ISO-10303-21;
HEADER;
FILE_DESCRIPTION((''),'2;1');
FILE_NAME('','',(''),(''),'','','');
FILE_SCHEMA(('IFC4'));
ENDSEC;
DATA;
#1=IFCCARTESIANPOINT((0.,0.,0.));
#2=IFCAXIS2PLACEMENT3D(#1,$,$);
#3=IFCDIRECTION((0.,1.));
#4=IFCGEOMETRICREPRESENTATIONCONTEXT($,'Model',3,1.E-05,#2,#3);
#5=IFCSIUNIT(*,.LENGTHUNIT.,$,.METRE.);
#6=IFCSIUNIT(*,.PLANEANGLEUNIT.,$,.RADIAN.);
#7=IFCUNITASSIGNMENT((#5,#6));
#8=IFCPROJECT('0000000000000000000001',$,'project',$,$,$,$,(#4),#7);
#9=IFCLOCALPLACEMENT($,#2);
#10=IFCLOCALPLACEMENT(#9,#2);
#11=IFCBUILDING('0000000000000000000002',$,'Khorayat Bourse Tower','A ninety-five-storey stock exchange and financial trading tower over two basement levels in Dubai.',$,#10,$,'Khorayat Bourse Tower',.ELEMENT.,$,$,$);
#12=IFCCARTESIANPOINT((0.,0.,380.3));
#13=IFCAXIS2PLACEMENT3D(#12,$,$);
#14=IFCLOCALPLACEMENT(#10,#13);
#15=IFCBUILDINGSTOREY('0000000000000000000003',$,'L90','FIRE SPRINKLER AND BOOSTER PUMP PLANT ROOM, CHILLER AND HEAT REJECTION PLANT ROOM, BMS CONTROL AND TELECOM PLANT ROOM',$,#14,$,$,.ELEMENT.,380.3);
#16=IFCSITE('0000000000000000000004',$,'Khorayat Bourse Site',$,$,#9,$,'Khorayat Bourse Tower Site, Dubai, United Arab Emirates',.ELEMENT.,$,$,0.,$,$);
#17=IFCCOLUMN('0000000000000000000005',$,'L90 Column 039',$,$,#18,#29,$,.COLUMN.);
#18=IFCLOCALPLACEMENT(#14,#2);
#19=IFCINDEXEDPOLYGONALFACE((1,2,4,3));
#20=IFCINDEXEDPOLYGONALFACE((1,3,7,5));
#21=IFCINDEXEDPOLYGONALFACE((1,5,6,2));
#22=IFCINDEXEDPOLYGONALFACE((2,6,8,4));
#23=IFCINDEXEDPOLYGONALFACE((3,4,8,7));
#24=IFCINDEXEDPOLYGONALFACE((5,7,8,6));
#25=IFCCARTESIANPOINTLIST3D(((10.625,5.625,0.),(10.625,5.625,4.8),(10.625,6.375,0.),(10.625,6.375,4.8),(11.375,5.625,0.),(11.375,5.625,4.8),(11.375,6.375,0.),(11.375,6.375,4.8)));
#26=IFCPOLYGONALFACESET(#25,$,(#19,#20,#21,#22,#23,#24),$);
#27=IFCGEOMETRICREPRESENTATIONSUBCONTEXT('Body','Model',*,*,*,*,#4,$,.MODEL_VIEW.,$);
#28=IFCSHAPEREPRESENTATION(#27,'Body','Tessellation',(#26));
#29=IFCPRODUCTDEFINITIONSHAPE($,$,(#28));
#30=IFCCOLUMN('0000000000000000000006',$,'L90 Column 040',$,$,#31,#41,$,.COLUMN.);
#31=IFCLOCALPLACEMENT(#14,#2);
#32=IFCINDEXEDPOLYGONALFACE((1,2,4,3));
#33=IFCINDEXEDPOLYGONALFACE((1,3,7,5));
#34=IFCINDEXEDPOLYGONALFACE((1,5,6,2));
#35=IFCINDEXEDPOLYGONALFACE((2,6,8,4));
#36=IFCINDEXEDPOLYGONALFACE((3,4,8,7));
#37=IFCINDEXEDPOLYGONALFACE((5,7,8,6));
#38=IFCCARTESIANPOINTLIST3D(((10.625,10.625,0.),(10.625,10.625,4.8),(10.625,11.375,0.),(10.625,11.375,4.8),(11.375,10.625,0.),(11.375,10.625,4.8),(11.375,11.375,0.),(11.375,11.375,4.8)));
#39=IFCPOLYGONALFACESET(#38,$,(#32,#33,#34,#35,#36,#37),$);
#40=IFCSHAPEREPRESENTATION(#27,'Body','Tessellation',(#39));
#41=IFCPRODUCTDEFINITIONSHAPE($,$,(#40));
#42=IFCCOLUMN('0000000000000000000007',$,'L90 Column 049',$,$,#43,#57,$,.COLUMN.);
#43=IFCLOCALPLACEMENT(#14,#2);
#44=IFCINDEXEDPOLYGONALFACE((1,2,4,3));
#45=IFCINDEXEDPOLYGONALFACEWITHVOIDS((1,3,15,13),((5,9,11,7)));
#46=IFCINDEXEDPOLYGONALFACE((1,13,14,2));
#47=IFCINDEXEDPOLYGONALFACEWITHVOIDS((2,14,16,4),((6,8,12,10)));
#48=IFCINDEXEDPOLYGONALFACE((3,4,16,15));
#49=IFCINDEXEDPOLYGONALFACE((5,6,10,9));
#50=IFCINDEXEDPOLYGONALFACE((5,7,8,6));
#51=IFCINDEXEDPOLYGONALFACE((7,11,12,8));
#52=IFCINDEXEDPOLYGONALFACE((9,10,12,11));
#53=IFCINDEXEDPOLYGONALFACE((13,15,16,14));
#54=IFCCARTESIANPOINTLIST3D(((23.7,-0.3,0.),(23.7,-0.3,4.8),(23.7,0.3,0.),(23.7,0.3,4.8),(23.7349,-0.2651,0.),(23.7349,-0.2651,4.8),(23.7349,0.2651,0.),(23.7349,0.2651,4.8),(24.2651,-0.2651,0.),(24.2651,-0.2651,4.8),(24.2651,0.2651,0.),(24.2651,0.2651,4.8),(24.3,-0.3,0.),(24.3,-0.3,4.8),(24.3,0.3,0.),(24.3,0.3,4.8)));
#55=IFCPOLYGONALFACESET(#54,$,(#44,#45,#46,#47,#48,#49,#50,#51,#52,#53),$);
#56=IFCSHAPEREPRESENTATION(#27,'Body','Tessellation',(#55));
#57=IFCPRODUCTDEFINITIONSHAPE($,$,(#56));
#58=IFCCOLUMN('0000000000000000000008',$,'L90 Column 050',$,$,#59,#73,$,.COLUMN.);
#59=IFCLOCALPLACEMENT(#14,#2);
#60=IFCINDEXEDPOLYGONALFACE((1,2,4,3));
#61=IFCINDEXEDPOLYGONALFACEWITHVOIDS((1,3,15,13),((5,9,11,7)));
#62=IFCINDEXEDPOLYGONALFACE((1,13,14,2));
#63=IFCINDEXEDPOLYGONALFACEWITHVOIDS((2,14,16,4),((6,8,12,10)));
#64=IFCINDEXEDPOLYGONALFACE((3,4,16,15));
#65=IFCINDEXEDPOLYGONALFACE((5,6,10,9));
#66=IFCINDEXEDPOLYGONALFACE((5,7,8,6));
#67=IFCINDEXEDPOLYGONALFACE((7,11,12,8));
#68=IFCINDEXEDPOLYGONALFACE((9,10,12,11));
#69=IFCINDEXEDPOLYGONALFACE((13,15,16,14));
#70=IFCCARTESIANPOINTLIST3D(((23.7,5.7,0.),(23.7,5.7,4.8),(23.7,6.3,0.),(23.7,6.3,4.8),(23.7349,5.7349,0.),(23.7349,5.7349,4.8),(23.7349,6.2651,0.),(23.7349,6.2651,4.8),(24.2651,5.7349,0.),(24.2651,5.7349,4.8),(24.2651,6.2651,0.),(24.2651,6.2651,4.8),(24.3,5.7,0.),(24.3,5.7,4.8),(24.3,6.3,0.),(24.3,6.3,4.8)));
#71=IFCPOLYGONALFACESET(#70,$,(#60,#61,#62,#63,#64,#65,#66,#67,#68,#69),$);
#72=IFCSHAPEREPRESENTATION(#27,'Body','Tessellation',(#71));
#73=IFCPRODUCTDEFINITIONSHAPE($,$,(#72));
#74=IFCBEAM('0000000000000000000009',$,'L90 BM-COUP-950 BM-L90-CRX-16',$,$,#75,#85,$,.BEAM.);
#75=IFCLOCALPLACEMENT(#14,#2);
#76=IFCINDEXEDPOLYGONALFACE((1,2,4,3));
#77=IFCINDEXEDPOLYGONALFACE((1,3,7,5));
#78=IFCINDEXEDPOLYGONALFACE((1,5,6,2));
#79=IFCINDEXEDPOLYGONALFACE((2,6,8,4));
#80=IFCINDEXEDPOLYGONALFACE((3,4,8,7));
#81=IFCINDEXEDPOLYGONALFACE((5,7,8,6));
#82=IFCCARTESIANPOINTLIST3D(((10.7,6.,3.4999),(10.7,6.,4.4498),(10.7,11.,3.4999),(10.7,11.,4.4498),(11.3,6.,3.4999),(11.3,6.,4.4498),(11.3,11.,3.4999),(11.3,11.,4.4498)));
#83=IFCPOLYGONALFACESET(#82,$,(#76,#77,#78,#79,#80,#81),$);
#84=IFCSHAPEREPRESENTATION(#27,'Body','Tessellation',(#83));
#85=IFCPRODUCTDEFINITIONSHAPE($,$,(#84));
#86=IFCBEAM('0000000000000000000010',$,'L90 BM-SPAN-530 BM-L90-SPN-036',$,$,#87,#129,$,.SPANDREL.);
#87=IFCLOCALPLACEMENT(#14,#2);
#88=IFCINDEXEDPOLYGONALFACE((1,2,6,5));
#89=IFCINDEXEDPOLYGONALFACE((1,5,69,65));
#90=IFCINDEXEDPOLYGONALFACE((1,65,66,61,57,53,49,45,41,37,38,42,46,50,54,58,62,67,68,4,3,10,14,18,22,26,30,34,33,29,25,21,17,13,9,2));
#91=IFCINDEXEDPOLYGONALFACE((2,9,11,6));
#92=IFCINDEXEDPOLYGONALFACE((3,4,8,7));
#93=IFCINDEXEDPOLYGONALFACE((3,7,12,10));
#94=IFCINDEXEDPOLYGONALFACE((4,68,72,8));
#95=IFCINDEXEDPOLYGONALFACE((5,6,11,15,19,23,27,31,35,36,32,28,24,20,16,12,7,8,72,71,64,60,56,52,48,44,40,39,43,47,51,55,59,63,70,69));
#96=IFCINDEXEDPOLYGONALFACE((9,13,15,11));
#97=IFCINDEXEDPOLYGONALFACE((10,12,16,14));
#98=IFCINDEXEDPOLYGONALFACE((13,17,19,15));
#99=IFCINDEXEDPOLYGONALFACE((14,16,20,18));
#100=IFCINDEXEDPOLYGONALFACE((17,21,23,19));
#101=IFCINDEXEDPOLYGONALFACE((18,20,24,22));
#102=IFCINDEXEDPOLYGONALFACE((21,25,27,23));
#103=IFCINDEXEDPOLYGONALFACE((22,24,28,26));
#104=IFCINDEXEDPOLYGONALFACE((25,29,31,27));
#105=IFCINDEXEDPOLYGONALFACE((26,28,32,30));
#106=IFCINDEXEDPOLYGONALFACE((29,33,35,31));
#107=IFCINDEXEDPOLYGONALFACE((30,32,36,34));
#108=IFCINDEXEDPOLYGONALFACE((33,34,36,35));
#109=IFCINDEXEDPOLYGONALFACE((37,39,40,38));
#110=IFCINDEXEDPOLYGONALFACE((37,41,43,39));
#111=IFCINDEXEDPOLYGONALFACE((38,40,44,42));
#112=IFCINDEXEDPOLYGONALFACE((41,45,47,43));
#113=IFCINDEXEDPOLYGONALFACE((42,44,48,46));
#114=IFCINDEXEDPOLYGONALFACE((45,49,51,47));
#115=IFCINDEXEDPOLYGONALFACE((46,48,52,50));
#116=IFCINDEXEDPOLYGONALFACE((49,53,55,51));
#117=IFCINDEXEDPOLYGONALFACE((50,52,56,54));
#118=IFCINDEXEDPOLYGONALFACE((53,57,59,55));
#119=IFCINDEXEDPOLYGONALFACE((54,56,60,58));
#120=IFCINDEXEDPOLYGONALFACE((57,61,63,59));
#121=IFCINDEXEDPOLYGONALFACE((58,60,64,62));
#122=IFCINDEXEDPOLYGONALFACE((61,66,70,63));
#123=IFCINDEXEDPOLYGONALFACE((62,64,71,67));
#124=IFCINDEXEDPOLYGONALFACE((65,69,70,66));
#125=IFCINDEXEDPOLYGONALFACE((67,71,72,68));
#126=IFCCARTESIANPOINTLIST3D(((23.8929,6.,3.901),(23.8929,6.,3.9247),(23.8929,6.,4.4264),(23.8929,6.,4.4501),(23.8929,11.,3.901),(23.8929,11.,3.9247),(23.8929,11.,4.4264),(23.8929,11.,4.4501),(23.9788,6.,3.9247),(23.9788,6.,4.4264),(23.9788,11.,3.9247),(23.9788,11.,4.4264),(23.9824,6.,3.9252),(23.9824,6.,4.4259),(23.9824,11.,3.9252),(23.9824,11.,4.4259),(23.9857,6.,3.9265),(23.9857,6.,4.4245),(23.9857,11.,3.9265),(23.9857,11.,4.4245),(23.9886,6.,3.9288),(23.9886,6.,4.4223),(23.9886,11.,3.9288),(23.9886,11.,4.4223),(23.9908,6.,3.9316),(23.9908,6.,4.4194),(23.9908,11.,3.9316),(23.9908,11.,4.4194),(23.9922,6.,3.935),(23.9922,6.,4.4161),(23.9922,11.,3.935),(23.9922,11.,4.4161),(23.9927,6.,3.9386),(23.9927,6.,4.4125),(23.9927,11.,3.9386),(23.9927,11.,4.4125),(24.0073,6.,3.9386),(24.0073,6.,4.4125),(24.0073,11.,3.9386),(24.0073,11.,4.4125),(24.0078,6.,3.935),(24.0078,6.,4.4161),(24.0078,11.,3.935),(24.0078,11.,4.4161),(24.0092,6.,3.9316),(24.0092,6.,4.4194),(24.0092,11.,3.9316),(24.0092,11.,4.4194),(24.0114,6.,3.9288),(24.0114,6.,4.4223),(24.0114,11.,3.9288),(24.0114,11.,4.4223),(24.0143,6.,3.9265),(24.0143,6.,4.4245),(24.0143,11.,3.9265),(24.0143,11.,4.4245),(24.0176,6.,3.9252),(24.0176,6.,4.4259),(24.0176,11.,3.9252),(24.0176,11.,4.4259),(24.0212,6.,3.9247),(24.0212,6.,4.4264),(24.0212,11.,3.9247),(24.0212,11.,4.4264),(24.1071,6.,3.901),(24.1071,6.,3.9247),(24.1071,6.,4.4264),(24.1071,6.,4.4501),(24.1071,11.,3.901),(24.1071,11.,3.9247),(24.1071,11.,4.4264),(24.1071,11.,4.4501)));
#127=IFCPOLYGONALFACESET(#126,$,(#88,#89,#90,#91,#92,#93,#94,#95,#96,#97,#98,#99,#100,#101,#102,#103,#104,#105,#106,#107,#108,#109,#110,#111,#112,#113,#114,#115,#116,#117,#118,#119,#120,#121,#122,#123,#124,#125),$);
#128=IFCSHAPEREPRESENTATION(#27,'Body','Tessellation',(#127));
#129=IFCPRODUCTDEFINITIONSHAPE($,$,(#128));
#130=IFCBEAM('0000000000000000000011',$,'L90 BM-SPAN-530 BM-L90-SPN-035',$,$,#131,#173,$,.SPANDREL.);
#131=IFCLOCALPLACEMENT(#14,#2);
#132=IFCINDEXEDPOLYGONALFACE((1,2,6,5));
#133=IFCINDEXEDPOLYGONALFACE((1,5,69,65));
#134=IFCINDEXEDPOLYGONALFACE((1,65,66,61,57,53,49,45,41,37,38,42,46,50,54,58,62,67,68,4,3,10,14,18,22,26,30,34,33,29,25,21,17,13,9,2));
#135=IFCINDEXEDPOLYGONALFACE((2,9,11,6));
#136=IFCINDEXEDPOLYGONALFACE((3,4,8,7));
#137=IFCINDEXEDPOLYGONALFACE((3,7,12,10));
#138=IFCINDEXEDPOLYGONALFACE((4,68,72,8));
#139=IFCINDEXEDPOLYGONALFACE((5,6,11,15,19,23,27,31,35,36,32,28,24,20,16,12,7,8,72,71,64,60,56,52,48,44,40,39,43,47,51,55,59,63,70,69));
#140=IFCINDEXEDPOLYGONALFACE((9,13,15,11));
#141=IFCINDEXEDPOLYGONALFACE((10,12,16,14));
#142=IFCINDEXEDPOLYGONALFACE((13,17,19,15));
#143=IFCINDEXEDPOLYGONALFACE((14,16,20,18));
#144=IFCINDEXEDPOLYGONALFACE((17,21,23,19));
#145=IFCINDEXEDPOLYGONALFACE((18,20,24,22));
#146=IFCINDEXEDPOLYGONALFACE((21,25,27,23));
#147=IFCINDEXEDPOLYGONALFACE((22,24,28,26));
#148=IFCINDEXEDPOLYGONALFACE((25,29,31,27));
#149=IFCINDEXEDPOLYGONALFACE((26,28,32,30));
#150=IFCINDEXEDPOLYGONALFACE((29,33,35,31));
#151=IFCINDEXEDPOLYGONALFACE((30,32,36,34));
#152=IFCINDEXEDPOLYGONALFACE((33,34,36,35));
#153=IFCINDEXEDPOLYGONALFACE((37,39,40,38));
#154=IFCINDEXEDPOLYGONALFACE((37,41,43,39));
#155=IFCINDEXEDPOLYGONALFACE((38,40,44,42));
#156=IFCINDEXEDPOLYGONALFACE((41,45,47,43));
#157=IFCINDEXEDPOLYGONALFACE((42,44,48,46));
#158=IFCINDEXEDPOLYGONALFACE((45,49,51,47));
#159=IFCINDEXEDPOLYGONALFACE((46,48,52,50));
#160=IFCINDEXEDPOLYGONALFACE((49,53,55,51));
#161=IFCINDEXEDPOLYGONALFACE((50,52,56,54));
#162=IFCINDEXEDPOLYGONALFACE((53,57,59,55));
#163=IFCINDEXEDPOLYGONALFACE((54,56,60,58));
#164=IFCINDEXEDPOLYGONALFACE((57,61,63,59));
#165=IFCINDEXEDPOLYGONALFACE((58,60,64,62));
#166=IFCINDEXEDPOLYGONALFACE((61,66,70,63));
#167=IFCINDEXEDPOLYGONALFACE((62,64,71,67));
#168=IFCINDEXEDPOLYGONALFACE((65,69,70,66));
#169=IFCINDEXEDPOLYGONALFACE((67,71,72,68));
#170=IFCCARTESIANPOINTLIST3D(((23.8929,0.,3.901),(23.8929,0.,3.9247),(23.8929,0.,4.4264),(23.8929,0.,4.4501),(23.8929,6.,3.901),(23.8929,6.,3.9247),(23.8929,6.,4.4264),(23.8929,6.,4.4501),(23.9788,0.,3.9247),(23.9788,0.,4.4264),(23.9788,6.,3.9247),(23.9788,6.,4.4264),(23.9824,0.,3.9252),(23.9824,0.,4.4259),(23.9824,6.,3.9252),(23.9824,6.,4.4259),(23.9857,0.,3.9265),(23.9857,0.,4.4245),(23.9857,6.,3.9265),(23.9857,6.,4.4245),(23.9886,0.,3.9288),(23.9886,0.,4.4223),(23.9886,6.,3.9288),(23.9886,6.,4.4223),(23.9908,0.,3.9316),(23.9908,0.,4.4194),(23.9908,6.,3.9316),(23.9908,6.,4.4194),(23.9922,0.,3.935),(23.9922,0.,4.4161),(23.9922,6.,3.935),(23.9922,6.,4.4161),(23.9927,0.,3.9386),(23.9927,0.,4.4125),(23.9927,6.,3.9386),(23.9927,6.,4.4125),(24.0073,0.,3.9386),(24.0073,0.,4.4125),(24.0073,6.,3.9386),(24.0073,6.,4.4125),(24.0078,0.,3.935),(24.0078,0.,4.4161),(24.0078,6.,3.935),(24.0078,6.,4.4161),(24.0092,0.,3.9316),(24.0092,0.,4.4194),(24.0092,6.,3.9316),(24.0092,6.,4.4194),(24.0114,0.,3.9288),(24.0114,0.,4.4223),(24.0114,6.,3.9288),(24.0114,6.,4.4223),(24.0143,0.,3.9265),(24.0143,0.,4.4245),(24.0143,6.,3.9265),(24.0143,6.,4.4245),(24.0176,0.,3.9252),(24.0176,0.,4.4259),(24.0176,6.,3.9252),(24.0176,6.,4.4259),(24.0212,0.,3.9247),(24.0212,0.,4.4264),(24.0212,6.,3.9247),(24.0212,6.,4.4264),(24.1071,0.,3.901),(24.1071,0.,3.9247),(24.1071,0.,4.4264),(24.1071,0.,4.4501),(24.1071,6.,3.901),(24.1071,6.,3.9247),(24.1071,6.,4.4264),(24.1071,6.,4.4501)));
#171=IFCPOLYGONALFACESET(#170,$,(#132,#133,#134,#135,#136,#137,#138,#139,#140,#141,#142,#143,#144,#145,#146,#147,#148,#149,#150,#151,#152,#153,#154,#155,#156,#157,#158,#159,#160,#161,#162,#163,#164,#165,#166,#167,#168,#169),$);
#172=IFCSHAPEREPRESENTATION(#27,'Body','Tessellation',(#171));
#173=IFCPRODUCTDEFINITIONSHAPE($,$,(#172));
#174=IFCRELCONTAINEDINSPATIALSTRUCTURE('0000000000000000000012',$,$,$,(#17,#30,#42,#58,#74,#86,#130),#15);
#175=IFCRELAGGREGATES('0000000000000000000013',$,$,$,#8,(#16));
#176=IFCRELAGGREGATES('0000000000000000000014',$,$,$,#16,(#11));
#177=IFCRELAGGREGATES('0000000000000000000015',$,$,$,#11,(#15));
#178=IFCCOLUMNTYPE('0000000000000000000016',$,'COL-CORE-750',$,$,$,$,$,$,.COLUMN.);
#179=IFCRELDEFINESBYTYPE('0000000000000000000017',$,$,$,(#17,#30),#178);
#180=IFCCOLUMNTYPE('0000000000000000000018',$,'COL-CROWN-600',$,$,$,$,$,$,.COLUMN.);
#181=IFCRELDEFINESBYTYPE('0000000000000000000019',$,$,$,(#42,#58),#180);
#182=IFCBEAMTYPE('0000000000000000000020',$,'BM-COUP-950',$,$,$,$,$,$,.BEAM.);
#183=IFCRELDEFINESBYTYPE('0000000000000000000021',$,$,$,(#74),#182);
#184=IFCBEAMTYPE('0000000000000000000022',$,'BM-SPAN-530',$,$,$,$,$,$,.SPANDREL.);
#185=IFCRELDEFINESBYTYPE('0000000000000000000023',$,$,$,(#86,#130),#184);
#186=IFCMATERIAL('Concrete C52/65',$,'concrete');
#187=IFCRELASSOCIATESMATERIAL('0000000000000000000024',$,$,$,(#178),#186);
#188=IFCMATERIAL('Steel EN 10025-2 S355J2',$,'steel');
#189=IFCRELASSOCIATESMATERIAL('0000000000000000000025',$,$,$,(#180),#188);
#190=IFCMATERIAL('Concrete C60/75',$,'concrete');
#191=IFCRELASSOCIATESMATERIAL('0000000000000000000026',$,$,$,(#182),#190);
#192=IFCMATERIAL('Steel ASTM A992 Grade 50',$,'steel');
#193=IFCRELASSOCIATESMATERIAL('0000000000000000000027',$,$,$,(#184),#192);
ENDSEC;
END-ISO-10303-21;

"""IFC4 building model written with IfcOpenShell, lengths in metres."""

from ifc_helpers import new_model, si_unit, direction, frame, origin, origin_2d, place, context, subcontext, project, spatial, rectangle, hollow_rectangle, i_section, extrude, source, transform, mapped, material, material_profile, profile_set, type_object, element, save


model = new_model("IFC4")

# Units and contexts
model_context = context("Model", 3, precision=1e-05, world=origin(), true_north=direction((0.0, 1.0)))
body_context = subcontext(model_context, "Body", "Model", "MODEL_VIEW")
ifc_project = project(units=[si_unit("LENGTHUNIT", "METRE"), si_unit("PLANEANGLEUNIT", "RADIAN")], contexts=[model_context])

# Site, building, storey
site_placement = place(None, origin())
site = spatial("IfcSite", under=ifc_project, at=site_placement, Name="Khorayat Bourse Site", LongName="Khorayat Bourse Tower Site, Dubai, United Arab Emirates", CompositionType="ELEMENT", RefElevation=0.0)
building_placement = place(site_placement, origin())
building = spatial("IfcBuilding", under=site, at=building_placement, Name="Khorayat Bourse Tower", Description="A ninety-five-storey stock exchange and financial trading tower over two basement levels in Dubai.", LongName="Khorayat Bourse Tower", CompositionType="ELEMENT")
storey_placement = place(building_placement, frame((0.0, 0.0, 380.3)))
storey = spatial("IfcBuildingStorey", under=building, at=storey_placement, Name="L90", Description="FIRE SPRINKLER AND BOOSTER PUMP PLANT ROOM, CHILLER AND HEAT REJECTION PLANT ROOM, BMS CONTROL AND TELECOM PLANT ROOM", CompositionType="ELEMENT", Elevation=380.3)

# Columns
ifc_material_1 = material(Name="Concrete C52/65", Category="concrete")
ifc_material_profile_1 = material_profile(ifc_material_1, rectangle(XDim=0.75, YDim=0.75, at=origin_2d()), Name="RC 750x750")
ifc_profile_set_1 = profile_set([ifc_material_profile_1], Name="Concrete C52/65")
column_type_1 = type_object("IfcColumnType", Name="COL-CORE-750", PredefinedType="COLUMN", material=ifc_profile_set_1)
shared_shape_1 = source(origin(), body_context, "Body", "SweptSolid", [
    extrude(rectangle(XDim=0.75, YDim=0.75, at=origin_2d()), origin(), (0.0, 0.0, 1.0), 4.8),
])
for number, where, z_axis, x_axis, name in (
    (1, (11.0, 6.0, 0.0), (0.0, 0.0, 1.0), (1.0, 0.0, 0.0), "L90 Column 039"),
    (2, (11.0, 11.0, 0.0), (0.0, 0.0, 1.0), (1.0, 0.0, 0.0), "L90 Column 040"),
):
    element("IfcColumn", number, at=place(storey_placement, frame(where, z_axis=z_axis, x_axis=x_axis)), inside=storey, type_object=column_type_1, Name=name, PredefinedType="COLUMN", context=body_context, shape_type="MappedRepresentation", body=[
        mapped(shared_shape_1, transform((0.0, 0.0, 0.0), scale=1.0)),
    ])
ifc_material_2 = material(Name="Steel EN 10025-2 S355J2", Category="steel")
ifc_material_profile_2 = material_profile(ifc_material_2, hollow_rectangle(XDim=0.6001, YDim=0.6001, WallThickness=0.0349, at=origin_2d()), Name="BOX 600x600x35")
ifc_profile_set_2 = profile_set([ifc_material_profile_2], Name="Steel EN 10025-2 S355J2")
column_type_2 = type_object("IfcColumnType", Name="COL-CROWN-600", PredefinedType="COLUMN", material=ifc_profile_set_2)
shared_shape_2 = source(origin(), body_context, "Body", "SweptSolid", [
    extrude(hollow_rectangle(XDim=0.6001, YDim=0.6001, WallThickness=0.0349, at=origin_2d()), origin(), (0.0, 0.0, 1.0), 4.8),
])
for number, where, z_axis, x_axis, name in (
    (3, (24.0, 0.0, 0.0), (0.0, 0.0, 1.0), (1.0, 0.0, 0.0), "L90 Column 049"),
    (4, (24.0, 6.0, 0.0), (0.0, 0.0, 1.0), (1.0, 0.0, 0.0), "L90 Column 050"),
):
    element("IfcColumn", number, at=place(storey_placement, frame(where, z_axis=z_axis, x_axis=x_axis)), inside=storey, type_object=column_type_2, Name=name, PredefinedType="COLUMN", context=body_context, shape_type="MappedRepresentation", body=[
        mapped(shared_shape_2, transform((0.0, 0.0, 0.0), scale=1.0)),
    ])

# Beams
ifc_material_3 = material(Name="Concrete C60/75", Category="concrete")
ifc_material_profile_3 = material_profile(ifc_material_3, rectangle(XDim=0.6001, YDim=0.95, at=origin_2d()), Name="RC 600x950")
ifc_profile_set_3 = profile_set([ifc_material_profile_3], Name="Concrete C60/75")
beam_type_1 = type_object("IfcBeamType", Name="BM-COUP-950", PredefinedType="BEAM", material=ifc_profile_set_3)
shared_shape_3 = source(origin(), body_context, "Body", "SweptSolid", [
    extrude(rectangle(XDim=0.6001, YDim=0.95, at=origin_2d()), origin(), (0.0, 0.0, 1.0), 5.0),
])
beam_1_placement = place(storey_placement, frame((11.0, 6.0, 3.9749), z_axis=(0.0, 1.0, 0.0), x_axis=(-1.0, 0.0, 0.0)))
element("IfcBeam", 5, at=beam_1_placement, inside=storey, type_object=beam_type_1, Name="L90 BM-COUP-950 BM-L90-CRX-16", PredefinedType="BEAM", context=body_context, shape_type="MappedRepresentation", body=[
    mapped(shared_shape_3, transform((0.0, 0.0, 0.0), scale=1.0)),
])
ifc_material_4 = material(Name="Steel ASTM A992 Grade 50", Category="steel")
ifc_material_profile_4 = material_profile(ifc_material_4, i_section(OverallWidth=0.2141, OverallDepth=0.5491, WebThickness=0.0146, FlangeThickness=0.0237, FilletRadius=0.0139, at=origin_2d()), Name="W530X138")
ifc_profile_set_4 = profile_set([ifc_material_profile_4], Name="Steel ASTM A992 Grade 50")
beam_type_2 = type_object("IfcBeamType", Name="BM-SPAN-530", PredefinedType="SPANDREL", material=ifc_profile_set_4)
shared_shape_4 = source(origin(), body_context, "Body", "SweptSolid", [
    extrude(i_section(OverallWidth=0.2141, OverallDepth=0.5491, WebThickness=0.0146, FlangeThickness=0.0237, FilletRadius=0.0139, at=origin_2d()), origin(), (0.0, 0.0, 1.0), 5.0),
])
beam_2_placement = place(storey_placement, frame((24.0, 6.0, 4.1755), z_axis=(0.0, 1.0, 0.0), x_axis=(-1.0, 0.0, 0.0)))
element("IfcBeam", 6, at=beam_2_placement, inside=storey, type_object=beam_type_2, Name="L90 BM-SPAN-530 BM-L90-SPN-036", PredefinedType="SPANDREL", context=body_context, shape_type="MappedRepresentation", body=[
    mapped(shared_shape_4, transform((0.0, 0.0, 0.0), scale=1.0)),
])
shared_shape_5 = source(origin(), body_context, "Body", "SweptSolid", [
    extrude(i_section(OverallWidth=0.2141, OverallDepth=0.5491, WebThickness=0.0146, FlangeThickness=0.0237, FilletRadius=0.0139, at=origin_2d()), origin(), (0.0, 0.0, 1.0), 6.0),
])
beam_3_placement = place(storey_placement, frame((24.0, 0.0, 4.1755), z_axis=(0.0, 1.0, 0.0), x_axis=(-1.0, 0.0, 0.0)))
element("IfcBeam", 7, at=beam_3_placement, inside=storey, type_object=beam_type_2, Name="L90 BM-SPAN-530 BM-L90-SPN-035", PredefinedType="SPANDREL", context=body_context, shape_type="MappedRepresentation", body=[
    mapped(shared_shape_5, transform((0.0, 0.0, 0.0), scale=1.0)),
])

save(model, "model.ifc")
